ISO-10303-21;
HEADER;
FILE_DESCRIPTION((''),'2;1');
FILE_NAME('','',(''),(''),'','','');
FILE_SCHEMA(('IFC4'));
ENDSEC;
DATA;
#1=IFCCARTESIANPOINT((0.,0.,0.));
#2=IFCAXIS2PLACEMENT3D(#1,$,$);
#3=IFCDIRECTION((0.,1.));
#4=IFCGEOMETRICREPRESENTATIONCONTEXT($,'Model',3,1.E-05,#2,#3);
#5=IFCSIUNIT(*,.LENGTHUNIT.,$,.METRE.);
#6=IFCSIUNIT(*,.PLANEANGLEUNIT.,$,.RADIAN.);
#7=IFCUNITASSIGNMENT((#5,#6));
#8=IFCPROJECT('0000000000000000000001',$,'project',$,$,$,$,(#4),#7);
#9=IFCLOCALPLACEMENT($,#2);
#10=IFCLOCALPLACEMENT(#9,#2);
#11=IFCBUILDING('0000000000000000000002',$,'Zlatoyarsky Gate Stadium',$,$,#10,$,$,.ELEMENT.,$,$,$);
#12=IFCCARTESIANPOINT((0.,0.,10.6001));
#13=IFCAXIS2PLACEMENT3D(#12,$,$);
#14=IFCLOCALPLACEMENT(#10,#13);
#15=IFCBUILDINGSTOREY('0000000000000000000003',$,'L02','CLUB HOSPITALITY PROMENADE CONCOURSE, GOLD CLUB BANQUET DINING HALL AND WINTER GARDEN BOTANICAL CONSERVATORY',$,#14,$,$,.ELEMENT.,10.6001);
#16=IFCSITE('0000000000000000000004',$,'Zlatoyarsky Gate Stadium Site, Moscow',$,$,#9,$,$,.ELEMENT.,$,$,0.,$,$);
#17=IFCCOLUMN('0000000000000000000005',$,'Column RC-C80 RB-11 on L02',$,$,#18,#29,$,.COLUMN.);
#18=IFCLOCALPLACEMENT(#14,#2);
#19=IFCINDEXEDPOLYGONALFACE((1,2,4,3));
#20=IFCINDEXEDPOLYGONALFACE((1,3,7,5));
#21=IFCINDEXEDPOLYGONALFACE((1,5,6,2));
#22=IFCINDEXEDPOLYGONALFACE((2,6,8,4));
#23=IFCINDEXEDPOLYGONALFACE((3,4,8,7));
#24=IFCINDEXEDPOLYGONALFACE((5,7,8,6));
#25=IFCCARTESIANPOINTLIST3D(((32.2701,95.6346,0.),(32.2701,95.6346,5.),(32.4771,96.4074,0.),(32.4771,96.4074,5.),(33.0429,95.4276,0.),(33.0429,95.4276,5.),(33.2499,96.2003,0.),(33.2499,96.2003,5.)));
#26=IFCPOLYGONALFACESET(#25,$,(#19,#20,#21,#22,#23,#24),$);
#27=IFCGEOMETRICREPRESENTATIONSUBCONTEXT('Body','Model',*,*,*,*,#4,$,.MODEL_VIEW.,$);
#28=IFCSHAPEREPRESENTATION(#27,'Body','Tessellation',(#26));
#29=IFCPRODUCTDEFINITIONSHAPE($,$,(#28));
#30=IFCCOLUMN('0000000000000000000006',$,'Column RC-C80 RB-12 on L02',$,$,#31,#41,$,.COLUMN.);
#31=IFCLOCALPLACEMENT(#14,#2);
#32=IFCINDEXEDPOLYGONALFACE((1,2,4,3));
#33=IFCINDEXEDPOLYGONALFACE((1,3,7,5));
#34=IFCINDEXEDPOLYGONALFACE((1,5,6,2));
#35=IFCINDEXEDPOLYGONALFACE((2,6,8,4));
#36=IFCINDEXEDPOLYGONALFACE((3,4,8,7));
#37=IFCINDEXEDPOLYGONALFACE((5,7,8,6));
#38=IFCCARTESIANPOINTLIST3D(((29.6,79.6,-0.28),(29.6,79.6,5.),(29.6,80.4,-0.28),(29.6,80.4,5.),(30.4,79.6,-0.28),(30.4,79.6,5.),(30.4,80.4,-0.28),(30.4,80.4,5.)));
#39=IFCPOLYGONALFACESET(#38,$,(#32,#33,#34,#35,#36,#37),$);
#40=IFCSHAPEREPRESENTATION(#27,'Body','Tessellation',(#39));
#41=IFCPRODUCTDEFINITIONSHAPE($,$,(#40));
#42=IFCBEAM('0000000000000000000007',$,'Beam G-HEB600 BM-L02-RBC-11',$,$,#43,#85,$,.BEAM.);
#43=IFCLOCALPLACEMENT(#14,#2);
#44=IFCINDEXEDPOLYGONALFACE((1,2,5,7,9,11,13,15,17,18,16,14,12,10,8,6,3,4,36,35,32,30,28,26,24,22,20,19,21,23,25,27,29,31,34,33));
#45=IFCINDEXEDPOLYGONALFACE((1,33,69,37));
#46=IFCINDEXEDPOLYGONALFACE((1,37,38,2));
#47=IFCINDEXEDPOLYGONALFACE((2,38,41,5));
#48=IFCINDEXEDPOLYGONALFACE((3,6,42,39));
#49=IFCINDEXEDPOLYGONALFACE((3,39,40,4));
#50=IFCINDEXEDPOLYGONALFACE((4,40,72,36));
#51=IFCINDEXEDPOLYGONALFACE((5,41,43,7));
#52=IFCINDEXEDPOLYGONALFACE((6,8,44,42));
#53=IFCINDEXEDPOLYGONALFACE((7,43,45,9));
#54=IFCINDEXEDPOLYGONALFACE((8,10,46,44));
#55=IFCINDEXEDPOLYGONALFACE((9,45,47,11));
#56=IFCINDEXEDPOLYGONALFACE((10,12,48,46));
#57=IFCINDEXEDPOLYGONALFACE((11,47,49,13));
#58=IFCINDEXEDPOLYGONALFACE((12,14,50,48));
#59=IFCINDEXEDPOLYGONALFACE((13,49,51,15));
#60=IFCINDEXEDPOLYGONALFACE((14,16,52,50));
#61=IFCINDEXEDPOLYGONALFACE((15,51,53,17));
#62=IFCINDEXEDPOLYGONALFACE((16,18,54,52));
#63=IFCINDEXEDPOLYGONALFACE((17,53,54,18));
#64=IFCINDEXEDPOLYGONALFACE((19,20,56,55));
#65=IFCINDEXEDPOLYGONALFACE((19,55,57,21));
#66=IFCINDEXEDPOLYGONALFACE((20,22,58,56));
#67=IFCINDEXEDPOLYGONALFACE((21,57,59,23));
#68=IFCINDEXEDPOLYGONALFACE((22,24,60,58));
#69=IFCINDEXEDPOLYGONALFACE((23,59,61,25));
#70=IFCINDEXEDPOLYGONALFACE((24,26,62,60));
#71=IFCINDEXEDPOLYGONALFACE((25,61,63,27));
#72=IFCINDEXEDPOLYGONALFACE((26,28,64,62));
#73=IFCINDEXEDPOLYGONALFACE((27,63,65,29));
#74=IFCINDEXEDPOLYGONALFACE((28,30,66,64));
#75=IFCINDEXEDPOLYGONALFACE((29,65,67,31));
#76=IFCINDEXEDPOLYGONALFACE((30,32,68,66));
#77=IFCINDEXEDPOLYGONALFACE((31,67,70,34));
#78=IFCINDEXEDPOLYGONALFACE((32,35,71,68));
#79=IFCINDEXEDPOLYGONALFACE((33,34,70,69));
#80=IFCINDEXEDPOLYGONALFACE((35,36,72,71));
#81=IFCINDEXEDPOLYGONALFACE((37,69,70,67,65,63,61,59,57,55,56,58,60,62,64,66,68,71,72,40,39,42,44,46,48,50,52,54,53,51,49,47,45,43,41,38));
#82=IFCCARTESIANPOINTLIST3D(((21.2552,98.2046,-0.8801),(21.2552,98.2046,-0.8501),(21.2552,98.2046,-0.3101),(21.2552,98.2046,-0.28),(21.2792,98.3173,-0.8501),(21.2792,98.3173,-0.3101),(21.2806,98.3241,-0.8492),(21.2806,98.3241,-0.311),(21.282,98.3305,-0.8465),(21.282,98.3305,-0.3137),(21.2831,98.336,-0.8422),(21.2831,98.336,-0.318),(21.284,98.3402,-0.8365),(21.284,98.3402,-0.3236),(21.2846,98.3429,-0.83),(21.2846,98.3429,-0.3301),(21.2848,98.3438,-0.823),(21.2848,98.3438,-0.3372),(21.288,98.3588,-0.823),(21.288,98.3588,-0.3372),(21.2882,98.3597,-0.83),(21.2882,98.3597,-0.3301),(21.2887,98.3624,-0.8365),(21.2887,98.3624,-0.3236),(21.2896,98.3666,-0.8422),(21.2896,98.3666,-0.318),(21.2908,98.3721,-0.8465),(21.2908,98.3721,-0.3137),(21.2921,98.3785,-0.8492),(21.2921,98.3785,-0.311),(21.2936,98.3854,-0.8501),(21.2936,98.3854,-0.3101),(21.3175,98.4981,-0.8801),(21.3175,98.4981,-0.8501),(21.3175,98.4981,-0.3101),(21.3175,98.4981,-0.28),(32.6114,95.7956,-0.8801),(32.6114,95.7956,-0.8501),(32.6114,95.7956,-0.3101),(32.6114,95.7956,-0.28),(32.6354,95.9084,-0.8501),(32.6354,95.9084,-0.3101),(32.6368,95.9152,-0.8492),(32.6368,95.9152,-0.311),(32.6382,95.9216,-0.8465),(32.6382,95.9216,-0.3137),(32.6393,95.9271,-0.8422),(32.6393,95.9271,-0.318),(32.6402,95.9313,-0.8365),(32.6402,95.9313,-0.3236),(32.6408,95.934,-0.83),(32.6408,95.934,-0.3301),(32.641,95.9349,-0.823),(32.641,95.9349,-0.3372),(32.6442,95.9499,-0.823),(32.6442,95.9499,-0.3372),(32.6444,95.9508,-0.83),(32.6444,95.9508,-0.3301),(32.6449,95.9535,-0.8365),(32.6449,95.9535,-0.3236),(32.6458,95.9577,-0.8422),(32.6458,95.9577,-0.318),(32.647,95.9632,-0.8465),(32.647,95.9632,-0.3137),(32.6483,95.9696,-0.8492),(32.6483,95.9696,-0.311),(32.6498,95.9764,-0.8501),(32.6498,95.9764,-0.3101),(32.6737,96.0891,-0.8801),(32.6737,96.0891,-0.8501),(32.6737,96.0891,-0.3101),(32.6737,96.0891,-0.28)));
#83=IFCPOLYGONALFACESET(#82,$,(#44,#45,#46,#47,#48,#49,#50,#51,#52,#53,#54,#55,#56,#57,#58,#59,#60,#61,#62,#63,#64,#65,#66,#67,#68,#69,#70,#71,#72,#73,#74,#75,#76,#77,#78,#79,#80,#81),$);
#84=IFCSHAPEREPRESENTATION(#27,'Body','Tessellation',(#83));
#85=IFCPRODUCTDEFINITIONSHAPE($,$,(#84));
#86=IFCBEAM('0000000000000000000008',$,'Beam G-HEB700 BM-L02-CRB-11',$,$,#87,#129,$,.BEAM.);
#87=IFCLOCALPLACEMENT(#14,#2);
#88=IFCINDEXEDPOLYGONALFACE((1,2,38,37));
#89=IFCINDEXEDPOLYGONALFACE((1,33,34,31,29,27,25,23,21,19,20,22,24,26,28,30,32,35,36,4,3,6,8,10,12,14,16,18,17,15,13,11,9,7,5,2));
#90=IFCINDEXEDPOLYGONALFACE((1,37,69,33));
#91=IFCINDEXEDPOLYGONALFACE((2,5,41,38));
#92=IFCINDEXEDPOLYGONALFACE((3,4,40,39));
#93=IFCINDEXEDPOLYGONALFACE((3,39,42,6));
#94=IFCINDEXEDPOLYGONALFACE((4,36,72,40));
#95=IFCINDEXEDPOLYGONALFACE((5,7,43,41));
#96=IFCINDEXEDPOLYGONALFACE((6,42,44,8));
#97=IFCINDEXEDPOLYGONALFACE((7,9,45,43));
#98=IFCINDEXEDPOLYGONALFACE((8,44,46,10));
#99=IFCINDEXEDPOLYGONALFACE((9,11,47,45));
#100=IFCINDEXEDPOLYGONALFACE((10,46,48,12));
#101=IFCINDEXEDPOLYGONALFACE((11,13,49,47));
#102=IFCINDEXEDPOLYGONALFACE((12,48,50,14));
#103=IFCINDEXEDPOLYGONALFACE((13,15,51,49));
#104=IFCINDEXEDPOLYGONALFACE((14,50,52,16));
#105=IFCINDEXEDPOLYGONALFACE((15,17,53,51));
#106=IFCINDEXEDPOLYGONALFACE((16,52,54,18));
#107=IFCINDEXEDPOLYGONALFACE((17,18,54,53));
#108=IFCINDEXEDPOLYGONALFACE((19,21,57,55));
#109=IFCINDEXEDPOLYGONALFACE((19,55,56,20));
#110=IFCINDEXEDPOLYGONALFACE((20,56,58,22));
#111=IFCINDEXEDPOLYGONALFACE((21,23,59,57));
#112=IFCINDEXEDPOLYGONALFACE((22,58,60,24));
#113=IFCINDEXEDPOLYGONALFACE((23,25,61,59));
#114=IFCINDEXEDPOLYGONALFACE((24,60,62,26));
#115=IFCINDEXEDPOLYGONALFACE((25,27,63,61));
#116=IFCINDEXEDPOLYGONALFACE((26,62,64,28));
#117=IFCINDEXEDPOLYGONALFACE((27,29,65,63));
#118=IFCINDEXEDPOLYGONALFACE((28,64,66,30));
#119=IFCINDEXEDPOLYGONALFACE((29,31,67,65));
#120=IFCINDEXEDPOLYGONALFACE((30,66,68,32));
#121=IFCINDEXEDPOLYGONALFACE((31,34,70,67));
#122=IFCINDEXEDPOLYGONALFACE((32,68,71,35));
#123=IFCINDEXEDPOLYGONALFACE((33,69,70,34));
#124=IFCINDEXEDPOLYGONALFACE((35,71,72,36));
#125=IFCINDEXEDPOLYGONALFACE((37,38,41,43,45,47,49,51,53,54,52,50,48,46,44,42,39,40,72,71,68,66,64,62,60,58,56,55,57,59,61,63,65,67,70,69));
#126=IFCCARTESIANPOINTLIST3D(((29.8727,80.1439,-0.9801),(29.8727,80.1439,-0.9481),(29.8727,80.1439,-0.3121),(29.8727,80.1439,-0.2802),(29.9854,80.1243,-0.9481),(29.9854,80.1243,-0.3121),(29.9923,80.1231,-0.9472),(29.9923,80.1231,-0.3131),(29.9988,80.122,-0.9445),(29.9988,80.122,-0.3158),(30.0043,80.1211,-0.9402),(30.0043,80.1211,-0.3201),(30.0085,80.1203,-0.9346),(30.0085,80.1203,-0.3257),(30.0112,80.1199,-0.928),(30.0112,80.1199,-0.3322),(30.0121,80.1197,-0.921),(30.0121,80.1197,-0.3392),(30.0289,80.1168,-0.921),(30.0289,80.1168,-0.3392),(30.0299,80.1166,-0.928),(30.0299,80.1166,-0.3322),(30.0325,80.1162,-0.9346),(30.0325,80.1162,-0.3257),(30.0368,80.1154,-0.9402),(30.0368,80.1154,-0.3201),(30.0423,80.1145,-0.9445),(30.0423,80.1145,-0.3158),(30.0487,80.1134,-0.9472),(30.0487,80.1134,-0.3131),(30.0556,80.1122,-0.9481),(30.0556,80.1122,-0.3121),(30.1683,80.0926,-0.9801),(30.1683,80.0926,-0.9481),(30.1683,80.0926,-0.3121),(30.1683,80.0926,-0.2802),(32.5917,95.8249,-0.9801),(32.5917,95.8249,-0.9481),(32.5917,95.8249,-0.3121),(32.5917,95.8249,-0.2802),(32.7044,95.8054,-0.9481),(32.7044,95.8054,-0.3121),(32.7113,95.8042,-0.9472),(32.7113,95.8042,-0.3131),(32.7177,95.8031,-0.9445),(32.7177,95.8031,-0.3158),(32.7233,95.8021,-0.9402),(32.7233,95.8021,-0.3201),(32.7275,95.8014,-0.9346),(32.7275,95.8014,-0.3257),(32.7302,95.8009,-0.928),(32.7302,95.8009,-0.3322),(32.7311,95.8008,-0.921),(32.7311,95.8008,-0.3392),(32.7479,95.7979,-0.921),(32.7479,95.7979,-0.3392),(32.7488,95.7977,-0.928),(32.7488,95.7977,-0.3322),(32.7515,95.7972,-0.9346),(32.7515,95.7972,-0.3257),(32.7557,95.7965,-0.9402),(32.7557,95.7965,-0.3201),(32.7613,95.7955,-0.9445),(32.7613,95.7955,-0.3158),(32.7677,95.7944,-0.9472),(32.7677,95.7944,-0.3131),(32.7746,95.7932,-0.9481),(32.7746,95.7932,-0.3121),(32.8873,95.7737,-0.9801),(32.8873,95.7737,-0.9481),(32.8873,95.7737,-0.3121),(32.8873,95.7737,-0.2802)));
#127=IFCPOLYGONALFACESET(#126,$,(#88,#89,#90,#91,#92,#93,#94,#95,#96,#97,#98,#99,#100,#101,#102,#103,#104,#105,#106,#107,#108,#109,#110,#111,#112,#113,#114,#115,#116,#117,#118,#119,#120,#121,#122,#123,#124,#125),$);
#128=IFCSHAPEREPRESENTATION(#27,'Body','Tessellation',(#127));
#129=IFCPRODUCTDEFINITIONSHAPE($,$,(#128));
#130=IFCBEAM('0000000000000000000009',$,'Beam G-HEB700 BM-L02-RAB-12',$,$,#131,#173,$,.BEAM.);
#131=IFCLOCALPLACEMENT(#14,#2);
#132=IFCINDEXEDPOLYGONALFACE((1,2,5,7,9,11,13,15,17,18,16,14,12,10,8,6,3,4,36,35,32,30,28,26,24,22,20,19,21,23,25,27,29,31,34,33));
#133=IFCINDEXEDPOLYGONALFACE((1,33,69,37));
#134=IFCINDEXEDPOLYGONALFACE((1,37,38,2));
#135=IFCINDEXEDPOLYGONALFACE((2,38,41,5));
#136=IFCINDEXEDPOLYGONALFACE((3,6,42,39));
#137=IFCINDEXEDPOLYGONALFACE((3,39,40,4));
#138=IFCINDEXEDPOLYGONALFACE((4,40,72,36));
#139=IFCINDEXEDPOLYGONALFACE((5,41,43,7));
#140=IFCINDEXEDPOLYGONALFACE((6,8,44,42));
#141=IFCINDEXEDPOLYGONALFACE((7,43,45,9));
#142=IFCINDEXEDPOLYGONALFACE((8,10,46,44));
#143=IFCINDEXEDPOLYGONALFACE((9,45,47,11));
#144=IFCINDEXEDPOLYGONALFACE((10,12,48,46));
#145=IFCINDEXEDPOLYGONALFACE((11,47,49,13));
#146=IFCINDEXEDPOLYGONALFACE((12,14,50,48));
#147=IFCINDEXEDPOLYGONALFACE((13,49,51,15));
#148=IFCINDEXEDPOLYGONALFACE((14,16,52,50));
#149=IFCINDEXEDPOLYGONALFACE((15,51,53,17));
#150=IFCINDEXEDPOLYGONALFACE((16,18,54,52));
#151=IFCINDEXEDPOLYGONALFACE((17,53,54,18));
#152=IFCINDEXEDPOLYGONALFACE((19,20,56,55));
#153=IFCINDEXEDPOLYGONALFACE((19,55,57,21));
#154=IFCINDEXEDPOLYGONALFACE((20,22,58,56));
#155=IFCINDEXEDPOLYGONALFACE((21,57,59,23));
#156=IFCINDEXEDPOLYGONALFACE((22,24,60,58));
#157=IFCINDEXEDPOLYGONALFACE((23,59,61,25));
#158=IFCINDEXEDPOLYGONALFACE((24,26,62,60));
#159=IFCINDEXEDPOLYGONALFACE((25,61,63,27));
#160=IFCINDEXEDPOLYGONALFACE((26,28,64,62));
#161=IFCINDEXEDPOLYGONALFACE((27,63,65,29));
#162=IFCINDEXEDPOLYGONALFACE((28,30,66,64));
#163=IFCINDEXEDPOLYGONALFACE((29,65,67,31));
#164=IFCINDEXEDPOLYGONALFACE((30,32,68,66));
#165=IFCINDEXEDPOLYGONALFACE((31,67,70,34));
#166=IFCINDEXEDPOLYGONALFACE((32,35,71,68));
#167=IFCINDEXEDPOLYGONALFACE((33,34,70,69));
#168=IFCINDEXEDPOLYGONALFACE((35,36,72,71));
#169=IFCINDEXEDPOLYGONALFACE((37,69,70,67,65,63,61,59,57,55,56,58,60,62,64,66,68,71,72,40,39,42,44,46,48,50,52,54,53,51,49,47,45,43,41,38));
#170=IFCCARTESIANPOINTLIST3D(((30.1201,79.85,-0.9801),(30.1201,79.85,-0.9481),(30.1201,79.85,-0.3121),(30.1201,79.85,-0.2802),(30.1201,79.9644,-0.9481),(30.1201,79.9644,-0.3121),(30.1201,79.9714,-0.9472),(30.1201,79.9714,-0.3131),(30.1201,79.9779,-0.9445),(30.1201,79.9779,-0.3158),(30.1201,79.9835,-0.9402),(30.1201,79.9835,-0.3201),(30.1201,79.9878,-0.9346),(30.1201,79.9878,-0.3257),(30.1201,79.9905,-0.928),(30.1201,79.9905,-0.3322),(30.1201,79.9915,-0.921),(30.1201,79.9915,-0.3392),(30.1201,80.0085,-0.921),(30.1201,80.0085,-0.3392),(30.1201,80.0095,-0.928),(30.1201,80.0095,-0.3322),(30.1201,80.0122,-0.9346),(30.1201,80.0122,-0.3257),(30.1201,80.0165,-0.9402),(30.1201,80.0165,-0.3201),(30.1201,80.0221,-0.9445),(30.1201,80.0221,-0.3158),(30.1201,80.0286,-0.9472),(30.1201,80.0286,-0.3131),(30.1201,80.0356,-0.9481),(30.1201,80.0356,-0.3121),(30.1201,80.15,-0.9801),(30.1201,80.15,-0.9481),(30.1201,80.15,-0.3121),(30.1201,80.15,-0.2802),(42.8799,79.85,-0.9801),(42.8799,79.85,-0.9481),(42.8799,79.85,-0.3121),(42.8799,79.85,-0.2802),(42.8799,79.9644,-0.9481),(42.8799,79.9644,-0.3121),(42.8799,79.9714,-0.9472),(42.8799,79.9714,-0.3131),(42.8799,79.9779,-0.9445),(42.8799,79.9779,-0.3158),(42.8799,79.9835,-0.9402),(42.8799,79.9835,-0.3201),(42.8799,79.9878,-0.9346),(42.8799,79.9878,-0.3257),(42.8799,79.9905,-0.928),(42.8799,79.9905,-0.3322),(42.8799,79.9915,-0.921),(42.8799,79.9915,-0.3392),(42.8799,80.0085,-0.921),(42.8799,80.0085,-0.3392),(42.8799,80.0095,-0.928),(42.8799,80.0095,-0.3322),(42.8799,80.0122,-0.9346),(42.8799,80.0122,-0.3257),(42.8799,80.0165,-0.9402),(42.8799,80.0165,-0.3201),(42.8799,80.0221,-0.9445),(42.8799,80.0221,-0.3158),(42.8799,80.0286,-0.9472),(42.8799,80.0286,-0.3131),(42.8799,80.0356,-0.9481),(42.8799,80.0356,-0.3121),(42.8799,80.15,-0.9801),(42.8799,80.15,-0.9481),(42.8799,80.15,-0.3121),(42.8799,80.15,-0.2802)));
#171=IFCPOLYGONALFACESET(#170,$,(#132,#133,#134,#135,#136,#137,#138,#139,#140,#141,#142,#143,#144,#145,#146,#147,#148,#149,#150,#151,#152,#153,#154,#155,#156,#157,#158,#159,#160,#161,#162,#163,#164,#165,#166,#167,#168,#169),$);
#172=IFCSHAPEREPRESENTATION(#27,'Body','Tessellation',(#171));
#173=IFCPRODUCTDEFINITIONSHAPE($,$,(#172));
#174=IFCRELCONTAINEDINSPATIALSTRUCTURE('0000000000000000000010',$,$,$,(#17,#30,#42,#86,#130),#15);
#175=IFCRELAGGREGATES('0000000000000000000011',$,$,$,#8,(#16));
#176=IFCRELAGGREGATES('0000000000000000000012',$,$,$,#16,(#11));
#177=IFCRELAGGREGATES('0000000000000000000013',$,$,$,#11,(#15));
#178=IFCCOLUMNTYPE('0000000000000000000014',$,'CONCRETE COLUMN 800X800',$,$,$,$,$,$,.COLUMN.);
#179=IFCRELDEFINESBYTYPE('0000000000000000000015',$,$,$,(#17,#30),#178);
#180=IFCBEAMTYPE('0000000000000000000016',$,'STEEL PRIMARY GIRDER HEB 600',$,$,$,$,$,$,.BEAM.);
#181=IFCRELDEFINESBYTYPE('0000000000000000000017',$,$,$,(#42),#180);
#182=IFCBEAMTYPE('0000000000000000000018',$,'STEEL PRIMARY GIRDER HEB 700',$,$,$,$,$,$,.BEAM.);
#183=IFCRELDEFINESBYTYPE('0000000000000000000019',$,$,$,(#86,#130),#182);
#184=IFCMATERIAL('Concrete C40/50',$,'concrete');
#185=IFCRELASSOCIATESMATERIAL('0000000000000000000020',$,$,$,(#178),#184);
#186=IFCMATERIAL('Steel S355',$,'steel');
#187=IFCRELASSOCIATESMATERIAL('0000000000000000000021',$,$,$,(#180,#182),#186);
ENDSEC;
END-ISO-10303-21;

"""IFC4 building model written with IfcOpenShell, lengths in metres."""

from ifc_helpers import new_model, si_unit, direction, frame, origin, origin_2d, place, context, subcontext, project, spatial, rectangle, i_section, extrude, material, material_profile, profile_set, type_object, element, save


model = new_model("IFC4")

# Units and contexts
model_context = context("Model", 3, precision=1e-05, world=origin(), true_north=direction((0.0, 1.0)))
body_context = subcontext(model_context, "Body", "Model", "MODEL_VIEW")
ifc_project = project(units=[si_unit("LENGTHUNIT", "METRE"), si_unit("PLANEANGLEUNIT", "RADIAN")], contexts=[model_context])

# Site, building, storey
site_placement = place(None, origin())
site = spatial("IfcSite", under=ifc_project, at=site_placement, Name="Zlatoyarsky Gate Stadium Site, Moscow", CompositionType="ELEMENT", RefElevation=0.0)
building_placement = place(site_placement, origin())
building = spatial("IfcBuilding", under=site, at=building_placement, Name="Zlatoyarsky Gate Stadium", CompositionType="ELEMENT")
storey_placement = place(building_placement, frame((0.0, 0.0, 10.6001)))
storey = spatial("IfcBuildingStorey", under=building, at=storey_placement, Name="L02", Description="CLUB HOSPITALITY PROMENADE CONCOURSE, GOLD CLUB BANQUET DINING HALL AND WINTER GARDEN BOTANICAL CONSERVATORY", CompositionType="ELEMENT", Elevation=10.6001)

# Columns
ifc_material_1 = material(Name="Concrete C40/50", Category="concrete")
ifc_material_profile_1 = material_profile(ifc_material_1, rectangle(XDim=0.8, YDim=0.8, at=origin_2d()), Name="RC COL 800X800")
ifc_profile_set_1 = profile_set([ifc_material_profile_1], Name="Concrete C40/50")
column_type = type_object("IfcColumnType", Name="CONCRETE COLUMN 800X800", PredefinedType="COLUMN", material=ifc_profile_set_1)
column_1_placement = place(storey_placement, frame((32.76, 95.9175, 0.0), z_axis=(0.0, 0.0, 1.0), x_axis=(-0.965926, 0.258819, 0.0)))
element("IfcColumn", 1, at=column_1_placement, inside=storey, type_object=column_type, Name="Column RC-C80 RB-11 on L02", PredefinedType="COLUMN", context=body_context, shape_type="SweptSolid", body=[
    extrude(rectangle(XDim=0.8, YDim=0.8, at=origin_2d()), origin(), (0.0, 0.0, 1.0), 5.0),
])
column_2_placement = place(storey_placement, frame((30.0, 80.0, -0.28), z_axis=(0.0, 0.0, 1.0), x_axis=(-1.0, 0.0, 0.0)))
element("IfcColumn", 2, at=column_2_placement, inside=storey, type_object=column_type, Name="Column RC-C80 RB-12 on L02", PredefinedType="COLUMN", context=body_context, shape_type="SweptSolid", body=[
    extrude(rectangle(XDim=0.8, YDim=0.8, at=origin_2d()), origin(), (0.0, 0.0, 1.0), 5.28),
])

# Beams
ifc_material_2 = material(Name="Steel S355", Category="steel")
ifc_material_profile_2 = material_profile(ifc_material_2, i_section(OverallWidth=0.3, OverallDepth=0.6001, WebThickness=0.0154, FlangeThickness=0.03, FilletRadius=0.0271, at=origin_2d()), Name="HEB 600")
ifc_profile_set_2 = profile_set([ifc_material_profile_2], Name="Steel S355")
beam_type_1 = type_object("IfcBeamType", Name="STEEL PRIMARY GIRDER HEB 600", PredefinedType="BEAM", material=ifc_profile_set_2)
beam_1_placement = place(storey_placement, frame((32.6426, 95.9424, -0.5801), z_axis=(-0.978233, 0.207508, 0.0), x_axis=(-0.207508, -0.978233, 0.0)))
element("IfcBeam", 3, at=beam_1_placement, inside=storey, type_object=beam_type_1, Name="Beam G-HEB600 BM-L02-RBC-11", PredefinedType="BEAM", context=body_context, shape_type="SweptSolid", body=[
    extrude(i_section(OverallWidth=0.3, OverallDepth=0.6001, WebThickness=0.0154, FlangeThickness=0.03, FilletRadius=0.0271, at=origin_2d()), origin(), (0.0, 0.0, 1.0), 11.6089),
])
ifc_material_profile_3 = material_profile(ifc_material_2, i_section(OverallWidth=0.3, OverallDepth=0.7, WebThickness=0.0171, FlangeThickness=0.032, FilletRadius=0.0271, at=origin_2d()), Name="HEB 700")
ifc_profile_set_3 = profile_set([ifc_material_profile_3], Name="Steel S355")
beam_type_2 = type_object("IfcBeamType", Name="STEEL PRIMARY GIRDER HEB 700", PredefinedType="BEAM", material=ifc_profile_set_3)
beam_2_placement = place(storey_placement, frame((32.7395, 95.7993, -0.6301), z_axis=(-0.170843, -0.985298, 0.0), x_axis=(0.985298, -0.170843, 0.0)))
element("IfcBeam", 4, at=beam_2_placement, inside=storey, type_object=beam_type_2, Name="Beam G-HEB700 BM-L02-CRB-11", PredefinedType="BEAM", context=body_context, shape_type="SweptSolid", body=[
    extrude(i_section(OverallWidth=0.3, OverallDepth=0.7, WebThickness=0.0171, FlangeThickness=0.032, FilletRadius=0.0271, at=origin_2d()), origin(), (0.0, 0.0, 1.0), 15.915),
])
beam_3_placement = place(storey_placement, frame((42.8799, 80.0, -0.6301), z_axis=(-1.0, 0.0, 0.0), x_axis=(0.0, -1.0, 0.0)))
element("IfcBeam", 5, at=beam_3_placement, inside=storey, type_object=beam_type_2, Name="Beam G-HEB700 BM-L02-RAB-12", PredefinedType="BEAM", context=body_context, shape_type="SweptSolid", body=[
    extrude(i_section(OverallWidth=0.3, OverallDepth=0.7, WebThickness=0.0171, FlangeThickness=0.032, FilletRadius=0.0271, at=origin_2d()), origin(), (0.0, 0.0, 1.0), 12.7598),
])

save(model, "model.ifc")
